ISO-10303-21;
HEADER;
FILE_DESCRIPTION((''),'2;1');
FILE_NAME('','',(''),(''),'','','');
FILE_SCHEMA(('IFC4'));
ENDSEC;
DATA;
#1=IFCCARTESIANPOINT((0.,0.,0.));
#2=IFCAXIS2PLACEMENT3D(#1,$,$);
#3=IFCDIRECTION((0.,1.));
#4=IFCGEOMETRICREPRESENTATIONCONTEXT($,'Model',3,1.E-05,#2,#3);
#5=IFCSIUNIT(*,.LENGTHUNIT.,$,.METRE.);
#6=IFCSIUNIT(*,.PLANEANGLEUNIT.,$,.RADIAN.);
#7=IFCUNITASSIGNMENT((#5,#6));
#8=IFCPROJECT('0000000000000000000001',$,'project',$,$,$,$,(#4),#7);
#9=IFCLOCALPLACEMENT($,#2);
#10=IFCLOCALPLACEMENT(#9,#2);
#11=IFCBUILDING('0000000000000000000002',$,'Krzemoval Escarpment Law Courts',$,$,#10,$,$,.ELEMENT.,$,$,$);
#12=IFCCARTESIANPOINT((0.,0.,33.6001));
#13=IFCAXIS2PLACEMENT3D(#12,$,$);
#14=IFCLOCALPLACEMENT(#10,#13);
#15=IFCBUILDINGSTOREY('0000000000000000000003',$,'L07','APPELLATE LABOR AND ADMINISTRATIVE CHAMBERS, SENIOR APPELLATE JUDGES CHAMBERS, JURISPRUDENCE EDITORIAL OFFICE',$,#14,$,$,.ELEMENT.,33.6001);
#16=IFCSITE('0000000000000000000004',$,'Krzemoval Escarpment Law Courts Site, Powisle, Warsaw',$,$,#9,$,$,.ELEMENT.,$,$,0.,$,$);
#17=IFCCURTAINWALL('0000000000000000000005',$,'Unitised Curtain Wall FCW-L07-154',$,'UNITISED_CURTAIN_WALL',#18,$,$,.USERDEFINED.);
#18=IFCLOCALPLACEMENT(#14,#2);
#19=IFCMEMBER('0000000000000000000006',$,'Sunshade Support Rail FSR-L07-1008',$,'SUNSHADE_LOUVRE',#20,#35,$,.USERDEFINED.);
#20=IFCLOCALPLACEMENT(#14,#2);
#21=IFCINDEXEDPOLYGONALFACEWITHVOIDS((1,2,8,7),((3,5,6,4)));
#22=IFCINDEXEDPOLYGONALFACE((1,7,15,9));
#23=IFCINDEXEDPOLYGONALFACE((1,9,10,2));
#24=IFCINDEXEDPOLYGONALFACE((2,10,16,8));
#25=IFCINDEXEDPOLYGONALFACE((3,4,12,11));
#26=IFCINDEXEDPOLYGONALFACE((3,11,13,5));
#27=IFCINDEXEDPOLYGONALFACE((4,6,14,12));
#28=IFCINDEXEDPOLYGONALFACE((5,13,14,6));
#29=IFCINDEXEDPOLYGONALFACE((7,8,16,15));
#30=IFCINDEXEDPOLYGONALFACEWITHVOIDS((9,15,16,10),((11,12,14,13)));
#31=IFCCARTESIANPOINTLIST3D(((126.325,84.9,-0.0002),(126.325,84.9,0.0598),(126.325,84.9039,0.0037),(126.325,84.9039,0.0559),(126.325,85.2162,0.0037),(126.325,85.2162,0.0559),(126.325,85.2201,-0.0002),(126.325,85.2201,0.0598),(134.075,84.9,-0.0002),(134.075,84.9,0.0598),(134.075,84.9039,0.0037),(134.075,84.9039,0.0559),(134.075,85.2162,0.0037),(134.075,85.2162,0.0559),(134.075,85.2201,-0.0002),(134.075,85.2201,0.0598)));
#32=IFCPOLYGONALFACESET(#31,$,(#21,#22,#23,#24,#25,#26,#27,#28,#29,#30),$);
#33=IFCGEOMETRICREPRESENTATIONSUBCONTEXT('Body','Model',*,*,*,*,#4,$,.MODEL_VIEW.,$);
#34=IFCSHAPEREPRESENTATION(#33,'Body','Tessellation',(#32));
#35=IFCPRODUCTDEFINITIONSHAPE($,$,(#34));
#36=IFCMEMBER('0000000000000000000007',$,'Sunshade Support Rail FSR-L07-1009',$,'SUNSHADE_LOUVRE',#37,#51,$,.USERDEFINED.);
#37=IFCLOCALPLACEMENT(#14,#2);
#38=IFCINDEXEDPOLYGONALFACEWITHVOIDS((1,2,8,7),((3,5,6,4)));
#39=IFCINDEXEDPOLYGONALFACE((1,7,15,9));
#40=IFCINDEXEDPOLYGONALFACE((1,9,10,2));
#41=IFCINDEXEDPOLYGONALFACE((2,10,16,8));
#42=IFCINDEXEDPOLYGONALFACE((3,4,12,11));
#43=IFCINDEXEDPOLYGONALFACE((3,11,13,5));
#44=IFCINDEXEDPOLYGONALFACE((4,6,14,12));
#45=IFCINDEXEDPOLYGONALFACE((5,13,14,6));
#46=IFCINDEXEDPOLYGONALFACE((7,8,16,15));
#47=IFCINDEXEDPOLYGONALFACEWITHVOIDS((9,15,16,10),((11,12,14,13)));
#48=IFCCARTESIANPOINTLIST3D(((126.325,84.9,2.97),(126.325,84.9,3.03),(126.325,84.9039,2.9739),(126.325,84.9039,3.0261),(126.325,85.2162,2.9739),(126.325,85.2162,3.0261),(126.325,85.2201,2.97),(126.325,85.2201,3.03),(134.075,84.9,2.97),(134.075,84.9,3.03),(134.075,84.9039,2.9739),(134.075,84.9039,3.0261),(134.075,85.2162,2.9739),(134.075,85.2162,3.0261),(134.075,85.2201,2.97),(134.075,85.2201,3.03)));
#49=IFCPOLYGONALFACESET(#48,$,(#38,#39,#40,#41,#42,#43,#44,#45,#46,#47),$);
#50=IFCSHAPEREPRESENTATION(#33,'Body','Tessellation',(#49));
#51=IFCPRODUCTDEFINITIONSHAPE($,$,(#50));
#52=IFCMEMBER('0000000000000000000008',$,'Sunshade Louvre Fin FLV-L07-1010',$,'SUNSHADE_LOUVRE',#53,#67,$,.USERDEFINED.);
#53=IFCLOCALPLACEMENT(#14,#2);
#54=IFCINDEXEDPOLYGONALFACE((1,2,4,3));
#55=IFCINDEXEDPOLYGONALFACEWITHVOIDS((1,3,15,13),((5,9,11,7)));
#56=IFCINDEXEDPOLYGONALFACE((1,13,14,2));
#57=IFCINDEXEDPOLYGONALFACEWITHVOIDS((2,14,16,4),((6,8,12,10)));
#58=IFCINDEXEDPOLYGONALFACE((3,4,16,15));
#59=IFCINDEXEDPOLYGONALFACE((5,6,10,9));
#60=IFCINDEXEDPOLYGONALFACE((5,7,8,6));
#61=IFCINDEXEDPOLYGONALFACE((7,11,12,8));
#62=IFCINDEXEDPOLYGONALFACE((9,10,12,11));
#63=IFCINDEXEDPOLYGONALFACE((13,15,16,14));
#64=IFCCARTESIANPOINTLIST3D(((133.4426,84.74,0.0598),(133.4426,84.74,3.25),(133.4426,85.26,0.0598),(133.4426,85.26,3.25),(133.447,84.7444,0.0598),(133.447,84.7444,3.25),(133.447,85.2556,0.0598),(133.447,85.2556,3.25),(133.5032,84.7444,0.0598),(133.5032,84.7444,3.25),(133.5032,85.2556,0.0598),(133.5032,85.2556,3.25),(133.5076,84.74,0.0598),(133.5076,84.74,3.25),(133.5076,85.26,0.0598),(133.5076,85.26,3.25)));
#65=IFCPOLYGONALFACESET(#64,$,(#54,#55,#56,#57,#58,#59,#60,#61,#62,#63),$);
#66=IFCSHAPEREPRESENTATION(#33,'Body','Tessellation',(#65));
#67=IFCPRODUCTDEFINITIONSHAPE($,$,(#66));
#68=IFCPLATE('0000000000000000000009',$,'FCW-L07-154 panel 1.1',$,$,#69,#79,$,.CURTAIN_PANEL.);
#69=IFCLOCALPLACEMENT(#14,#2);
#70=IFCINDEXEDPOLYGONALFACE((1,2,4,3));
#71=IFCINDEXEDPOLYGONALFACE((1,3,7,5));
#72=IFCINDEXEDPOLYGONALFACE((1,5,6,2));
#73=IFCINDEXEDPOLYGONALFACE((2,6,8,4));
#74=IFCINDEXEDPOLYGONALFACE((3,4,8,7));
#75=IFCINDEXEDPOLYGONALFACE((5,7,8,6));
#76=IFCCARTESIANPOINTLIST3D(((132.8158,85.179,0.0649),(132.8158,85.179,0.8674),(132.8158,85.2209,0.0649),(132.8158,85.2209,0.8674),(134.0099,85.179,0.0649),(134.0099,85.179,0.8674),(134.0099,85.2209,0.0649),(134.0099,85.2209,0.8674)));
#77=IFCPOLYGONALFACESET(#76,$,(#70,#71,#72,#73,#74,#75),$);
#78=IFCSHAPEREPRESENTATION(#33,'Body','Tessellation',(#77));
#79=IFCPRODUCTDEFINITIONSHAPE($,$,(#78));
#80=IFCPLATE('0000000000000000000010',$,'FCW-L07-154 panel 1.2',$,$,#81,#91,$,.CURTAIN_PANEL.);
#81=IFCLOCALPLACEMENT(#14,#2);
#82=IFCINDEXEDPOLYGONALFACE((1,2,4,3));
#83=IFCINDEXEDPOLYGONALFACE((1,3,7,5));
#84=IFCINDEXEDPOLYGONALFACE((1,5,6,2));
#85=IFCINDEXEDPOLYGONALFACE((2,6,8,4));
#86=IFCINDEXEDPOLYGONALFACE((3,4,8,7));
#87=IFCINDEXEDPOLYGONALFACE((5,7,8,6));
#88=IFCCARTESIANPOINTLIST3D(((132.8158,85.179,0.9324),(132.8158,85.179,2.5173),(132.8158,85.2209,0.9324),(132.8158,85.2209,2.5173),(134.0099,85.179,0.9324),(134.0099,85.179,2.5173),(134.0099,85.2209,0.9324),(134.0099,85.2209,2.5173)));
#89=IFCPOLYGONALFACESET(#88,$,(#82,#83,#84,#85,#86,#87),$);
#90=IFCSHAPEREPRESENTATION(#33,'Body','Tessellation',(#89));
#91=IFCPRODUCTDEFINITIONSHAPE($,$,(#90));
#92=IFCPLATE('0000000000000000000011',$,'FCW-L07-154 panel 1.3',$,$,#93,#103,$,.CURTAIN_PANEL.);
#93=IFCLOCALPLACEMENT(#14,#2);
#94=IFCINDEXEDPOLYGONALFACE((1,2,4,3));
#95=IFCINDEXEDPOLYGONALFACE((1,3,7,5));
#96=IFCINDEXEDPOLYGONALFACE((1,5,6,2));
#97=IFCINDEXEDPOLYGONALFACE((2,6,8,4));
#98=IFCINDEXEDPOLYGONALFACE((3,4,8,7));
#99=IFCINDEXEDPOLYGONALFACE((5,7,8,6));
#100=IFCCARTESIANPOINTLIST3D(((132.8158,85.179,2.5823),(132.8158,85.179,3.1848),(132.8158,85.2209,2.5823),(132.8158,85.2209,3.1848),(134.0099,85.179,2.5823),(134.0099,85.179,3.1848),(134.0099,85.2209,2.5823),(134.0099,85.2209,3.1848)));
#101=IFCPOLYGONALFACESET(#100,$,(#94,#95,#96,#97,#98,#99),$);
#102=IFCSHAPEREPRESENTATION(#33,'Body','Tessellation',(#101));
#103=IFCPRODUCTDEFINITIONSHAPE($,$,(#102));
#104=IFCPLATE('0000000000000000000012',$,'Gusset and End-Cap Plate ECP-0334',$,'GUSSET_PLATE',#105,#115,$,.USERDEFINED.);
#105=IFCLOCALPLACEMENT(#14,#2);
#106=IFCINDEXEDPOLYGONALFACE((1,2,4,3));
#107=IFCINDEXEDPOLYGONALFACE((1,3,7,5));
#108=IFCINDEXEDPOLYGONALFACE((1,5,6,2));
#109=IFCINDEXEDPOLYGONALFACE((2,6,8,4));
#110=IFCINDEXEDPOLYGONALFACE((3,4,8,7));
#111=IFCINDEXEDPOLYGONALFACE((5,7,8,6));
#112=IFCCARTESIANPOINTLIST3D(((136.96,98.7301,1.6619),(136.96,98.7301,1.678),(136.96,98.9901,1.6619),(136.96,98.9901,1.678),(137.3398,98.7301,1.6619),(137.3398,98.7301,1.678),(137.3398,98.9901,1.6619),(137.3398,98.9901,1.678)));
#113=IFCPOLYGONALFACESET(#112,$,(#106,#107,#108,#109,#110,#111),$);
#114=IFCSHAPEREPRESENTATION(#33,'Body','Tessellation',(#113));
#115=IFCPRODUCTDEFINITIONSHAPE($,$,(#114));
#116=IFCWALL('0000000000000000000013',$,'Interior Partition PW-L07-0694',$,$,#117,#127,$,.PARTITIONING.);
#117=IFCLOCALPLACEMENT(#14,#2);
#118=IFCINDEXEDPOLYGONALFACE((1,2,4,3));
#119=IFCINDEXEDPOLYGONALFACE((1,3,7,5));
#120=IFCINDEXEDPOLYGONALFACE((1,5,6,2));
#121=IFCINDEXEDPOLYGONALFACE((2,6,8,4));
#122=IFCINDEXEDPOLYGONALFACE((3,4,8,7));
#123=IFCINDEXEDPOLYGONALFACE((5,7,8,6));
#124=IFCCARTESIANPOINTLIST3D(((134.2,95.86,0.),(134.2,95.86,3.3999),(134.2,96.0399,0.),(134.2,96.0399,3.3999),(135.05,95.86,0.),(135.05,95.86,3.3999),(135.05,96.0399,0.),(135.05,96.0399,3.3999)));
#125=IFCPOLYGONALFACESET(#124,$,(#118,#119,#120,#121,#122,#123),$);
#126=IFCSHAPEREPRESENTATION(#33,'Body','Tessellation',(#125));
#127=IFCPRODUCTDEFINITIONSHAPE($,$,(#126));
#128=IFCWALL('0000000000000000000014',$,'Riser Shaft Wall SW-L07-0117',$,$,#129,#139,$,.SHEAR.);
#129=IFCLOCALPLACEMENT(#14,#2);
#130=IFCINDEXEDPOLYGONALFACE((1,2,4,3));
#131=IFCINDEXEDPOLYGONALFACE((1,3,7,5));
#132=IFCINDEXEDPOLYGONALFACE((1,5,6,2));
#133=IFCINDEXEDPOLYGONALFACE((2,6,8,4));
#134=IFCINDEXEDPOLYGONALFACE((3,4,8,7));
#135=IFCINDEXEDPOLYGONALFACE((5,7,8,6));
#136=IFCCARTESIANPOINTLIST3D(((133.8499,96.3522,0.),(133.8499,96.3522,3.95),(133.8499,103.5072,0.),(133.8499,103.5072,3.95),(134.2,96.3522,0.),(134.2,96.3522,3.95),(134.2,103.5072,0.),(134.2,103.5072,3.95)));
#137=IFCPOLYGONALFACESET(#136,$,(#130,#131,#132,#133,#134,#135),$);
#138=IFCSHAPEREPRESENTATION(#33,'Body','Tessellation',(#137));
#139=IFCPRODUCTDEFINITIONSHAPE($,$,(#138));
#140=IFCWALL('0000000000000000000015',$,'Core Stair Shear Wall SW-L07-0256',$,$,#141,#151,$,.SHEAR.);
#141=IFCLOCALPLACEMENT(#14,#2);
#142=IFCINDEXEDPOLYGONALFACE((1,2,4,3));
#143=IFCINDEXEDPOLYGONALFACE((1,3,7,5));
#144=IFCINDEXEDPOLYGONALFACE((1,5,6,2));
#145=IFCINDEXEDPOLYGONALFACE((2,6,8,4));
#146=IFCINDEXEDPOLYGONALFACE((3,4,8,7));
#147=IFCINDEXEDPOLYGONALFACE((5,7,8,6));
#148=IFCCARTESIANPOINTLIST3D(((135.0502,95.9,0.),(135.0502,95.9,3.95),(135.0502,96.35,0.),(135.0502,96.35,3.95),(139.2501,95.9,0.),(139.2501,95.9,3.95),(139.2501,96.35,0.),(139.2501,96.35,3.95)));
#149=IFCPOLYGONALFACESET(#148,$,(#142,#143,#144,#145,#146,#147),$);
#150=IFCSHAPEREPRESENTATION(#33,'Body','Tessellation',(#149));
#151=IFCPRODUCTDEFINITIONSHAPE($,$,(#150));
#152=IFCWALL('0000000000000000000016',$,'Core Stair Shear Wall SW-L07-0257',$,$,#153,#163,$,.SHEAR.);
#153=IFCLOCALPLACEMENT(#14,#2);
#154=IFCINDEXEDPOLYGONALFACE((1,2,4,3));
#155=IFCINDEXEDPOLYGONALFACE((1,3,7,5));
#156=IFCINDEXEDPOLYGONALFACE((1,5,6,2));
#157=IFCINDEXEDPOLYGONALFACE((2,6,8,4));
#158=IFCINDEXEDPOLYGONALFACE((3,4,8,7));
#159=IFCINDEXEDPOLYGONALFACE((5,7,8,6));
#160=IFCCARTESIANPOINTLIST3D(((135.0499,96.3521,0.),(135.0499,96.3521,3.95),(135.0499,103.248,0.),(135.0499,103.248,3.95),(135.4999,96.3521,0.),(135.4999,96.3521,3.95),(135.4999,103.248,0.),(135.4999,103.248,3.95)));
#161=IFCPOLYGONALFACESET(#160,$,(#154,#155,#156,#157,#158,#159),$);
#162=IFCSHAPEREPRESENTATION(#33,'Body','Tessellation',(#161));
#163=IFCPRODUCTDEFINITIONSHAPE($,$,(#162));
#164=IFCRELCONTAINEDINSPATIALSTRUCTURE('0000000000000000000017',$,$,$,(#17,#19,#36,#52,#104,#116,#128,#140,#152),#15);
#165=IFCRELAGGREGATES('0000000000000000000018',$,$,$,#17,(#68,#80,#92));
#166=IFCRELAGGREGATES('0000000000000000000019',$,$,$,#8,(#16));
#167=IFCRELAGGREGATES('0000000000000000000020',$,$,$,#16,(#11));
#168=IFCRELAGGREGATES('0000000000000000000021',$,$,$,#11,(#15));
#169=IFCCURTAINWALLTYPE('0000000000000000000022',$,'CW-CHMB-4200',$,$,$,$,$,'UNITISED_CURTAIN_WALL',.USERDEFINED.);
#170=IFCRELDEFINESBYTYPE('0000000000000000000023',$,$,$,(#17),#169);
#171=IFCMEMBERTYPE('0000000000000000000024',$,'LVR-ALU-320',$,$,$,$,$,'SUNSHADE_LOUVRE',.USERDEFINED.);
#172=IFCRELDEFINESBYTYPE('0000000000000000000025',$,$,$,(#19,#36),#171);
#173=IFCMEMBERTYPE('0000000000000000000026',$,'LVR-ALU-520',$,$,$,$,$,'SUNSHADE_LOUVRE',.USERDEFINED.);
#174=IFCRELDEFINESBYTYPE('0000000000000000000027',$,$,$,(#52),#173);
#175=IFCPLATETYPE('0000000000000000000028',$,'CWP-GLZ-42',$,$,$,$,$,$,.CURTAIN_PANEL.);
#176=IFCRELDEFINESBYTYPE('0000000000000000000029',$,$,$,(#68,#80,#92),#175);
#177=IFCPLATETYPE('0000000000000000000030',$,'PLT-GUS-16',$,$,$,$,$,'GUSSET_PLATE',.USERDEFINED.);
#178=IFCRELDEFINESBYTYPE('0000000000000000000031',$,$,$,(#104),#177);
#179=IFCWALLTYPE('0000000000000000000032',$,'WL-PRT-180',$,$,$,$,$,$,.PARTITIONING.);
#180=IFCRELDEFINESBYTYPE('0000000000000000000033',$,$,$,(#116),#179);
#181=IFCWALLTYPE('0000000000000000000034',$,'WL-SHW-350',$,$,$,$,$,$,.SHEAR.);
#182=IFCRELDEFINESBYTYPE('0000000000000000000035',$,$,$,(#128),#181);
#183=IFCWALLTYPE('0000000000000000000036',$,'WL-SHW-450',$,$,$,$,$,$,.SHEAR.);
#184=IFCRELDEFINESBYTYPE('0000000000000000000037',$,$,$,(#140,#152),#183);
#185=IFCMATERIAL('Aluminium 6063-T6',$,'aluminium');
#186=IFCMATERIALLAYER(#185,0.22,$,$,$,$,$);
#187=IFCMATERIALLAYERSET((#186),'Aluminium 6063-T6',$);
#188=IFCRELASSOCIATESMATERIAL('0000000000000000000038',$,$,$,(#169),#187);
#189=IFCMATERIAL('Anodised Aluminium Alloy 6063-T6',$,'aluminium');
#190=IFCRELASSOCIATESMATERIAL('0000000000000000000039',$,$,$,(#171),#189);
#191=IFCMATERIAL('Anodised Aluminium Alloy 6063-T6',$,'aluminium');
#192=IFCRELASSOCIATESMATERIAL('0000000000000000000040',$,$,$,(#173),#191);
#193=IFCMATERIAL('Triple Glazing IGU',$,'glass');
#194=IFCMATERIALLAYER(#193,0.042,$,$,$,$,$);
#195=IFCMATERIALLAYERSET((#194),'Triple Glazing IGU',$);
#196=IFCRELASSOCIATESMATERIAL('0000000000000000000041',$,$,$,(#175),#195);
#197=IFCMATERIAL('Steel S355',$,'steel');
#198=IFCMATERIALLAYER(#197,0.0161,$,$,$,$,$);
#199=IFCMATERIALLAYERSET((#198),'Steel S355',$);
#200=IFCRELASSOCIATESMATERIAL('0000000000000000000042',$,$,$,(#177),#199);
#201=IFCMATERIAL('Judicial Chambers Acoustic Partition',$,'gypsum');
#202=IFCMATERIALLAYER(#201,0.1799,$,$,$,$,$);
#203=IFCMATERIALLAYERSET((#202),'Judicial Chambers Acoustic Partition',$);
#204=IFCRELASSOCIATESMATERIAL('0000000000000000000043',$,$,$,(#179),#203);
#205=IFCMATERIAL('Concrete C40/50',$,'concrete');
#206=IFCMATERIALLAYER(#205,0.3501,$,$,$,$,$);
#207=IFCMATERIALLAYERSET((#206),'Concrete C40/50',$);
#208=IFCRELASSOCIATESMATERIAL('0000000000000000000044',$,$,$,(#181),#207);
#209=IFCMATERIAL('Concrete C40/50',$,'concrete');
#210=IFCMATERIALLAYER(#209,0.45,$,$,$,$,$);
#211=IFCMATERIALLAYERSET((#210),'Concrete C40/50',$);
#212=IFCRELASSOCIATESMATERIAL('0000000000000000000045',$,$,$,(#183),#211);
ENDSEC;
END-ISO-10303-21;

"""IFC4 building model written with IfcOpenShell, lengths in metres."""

from ifc_helpers import new_model, si_unit, direction, frame, frame_2d, origin, origin_2d, place, context, subcontext, project, spatial, rectangle, hollow_rectangle, extrude, material, layer, layer_set, material_profile, profile_set, type_object, element, aggregate, save


model = new_model("IFC4")

# Units and contexts
model_context = context("Model", 3, precision=1e-05, world=origin(), true_north=direction((0.0, 1.0)))
body_context = subcontext(model_context, "Body", "Model", "MODEL_VIEW")
ifc_project = project(units=[si_unit("LENGTHUNIT", "METRE"), si_unit("PLANEANGLEUNIT", "RADIAN")], contexts=[model_context])

# Site, building, storey
site_placement = place(None, origin())
site = spatial("IfcSite", under=ifc_project, at=site_placement, Name="Krzemoval Escarpment Law Courts Site, Powisle, Warsaw", CompositionType="ELEMENT", RefElevation=0.0)
building_placement = place(site_placement, origin())
building = spatial("IfcBuilding", under=site, at=building_placement, Name="Krzemoval Escarpment Law Courts", CompositionType="ELEMENT")
storey_placement = place(building_placement, frame((0.0, 0.0, 33.6001)))
storey = spatial("IfcBuildingStorey", under=building, at=storey_placement, Name="L07", Description="APPELLATE LABOR AND ADMINISTRATIVE CHAMBERS, SENIOR APPELLATE JUDGES CHAMBERS, JURISPRUDENCE EDITORIAL OFFICE", CompositionType="ELEMENT", Elevation=33.6001)

# Curtain wall
ifc_material_1 = material(Name="Aluminium 6063-T6", Category="aluminium")
ifc_layer_1 = layer(ifc_material_1, 0.22)
ifc_layer_set_1 = layer_set([ifc_layer_1], Name="Aluminium 6063-T6")
curtain_wall_type = type_object("IfcCurtainWallType", Name="CW-CHMB-4200", ElementType="UNITISED_CURTAIN_WALL", PredefinedType="USERDEFINED", material=ifc_layer_set_1)
curtain_wall_placement = place(storey_placement, origin())
curtain_wall = element("IfcCurtainWall", 1, at=curtain_wall_placement, inside=storey, type_object=curtain_wall_type, Name="Unitised Curtain Wall FCW-L07-154", ObjectType="UNITISED_CURTAIN_WALL", PredefinedType="USERDEFINED")

# Members
ifc_material_2 = material(Name="Anodised Aluminium Alloy 6063-T6", Category="aluminium")
ifc_material_profile_1 = material_profile(ifc_material_2, hollow_rectangle(XDim=0.0601, YDim=0.3201, WallThickness=0.0039, at=origin_2d()), Name="ALU LVR 60x320")
ifc_profile_set_1 = profile_set([ifc_material_profile_1], Name="Anodised Aluminium Alloy 6063-T6")
member_type_1 = type_object("IfcMemberType", Name="LVR-ALU-320", ElementType="SUNSHADE_LOUVRE", PredefinedType="USERDEFINED", material=ifc_profile_set_1)
for number, where, z_axis, x_axis, name in (
    (2, (134.075, 85.0601, 0.0298), (-1.0, 0.0, 0.0), (0.0, 0.0, 1.0), "Sunshade Support Rail FSR-L07-1008"),
    (3, (134.075, 85.0601, 3.0), (-1.0, 0.0, 0.0), (0.0, 0.0, 1.0), "Sunshade Support Rail FSR-L07-1009"),
):
    element("IfcMember", number, at=place(storey_placement, frame(where, z_axis=z_axis, x_axis=x_axis)), inside=storey, type_object=member_type_1, Name=name, ObjectType="SUNSHADE_LOUVRE", PredefinedType="USERDEFINED", context=body_context, shape_type="SweptSolid", body=[
        extrude(hollow_rectangle(XDim=0.0601, YDim=0.3201, WallThickness=0.0039, at=origin_2d()), origin(), (0.0, 0.0, 1.0), 7.75),
    ])
ifc_material_3 = material(Name="Anodised Aluminium Alloy 6063-T6", Category="aluminium")
ifc_material_profile_2 = material_profile(ifc_material_3, hollow_rectangle(XDim=0.0649, YDim=0.52, WallThickness=0.0044, at=origin_2d()), Name="ALU LVR 65x520")
ifc_profile_set_2 = profile_set([ifc_material_profile_2], Name="Anodised Aluminium Alloy 6063-T6")
member_type_2 = type_object("IfcMemberType", Name="LVR-ALU-520", ElementType="SUNSHADE_LOUVRE", PredefinedType="USERDEFINED", material=ifc_profile_set_2)
member_1_placement = place(storey_placement, frame((133.4751, 85.0, 0.0598), z_axis=(0.0, 0.0, 1.0), x_axis=(1.0, 0.0, 0.0)))
element("IfcMember", 4, at=member_1_placement, inside=storey, type_object=member_type_2, Name="Sunshade Louvre Fin FLV-L07-1010", ObjectType="SUNSHADE_LOUVRE", PredefinedType="USERDEFINED", context=body_context, shape_type="SweptSolid", body=[
    extrude(hollow_rectangle(XDim=0.0649, YDim=0.52, WallThickness=0.0044, at=origin_2d()), origin(), (0.0, 0.0, 1.0), 3.1902),
])

# Plates
ifc_material_4 = material(Name="Triple Glazing IGU", Category="glass")
ifc_layer_2 = layer(ifc_material_4, 0.042)
ifc_layer_set_2 = layer_set([ifc_layer_2], Name="Triple Glazing IGU")
plate_type_1 = type_object("IfcPlateType", Name="CWP-GLZ-42", PredefinedType="CURTAIN_PANEL", material=ifc_layer_set_2)
plate_1_placement = place(storey_placement, frame((133.4128, 85.2, 0.0649), z_axis=(0.0, 0.0, 1.0), x_axis=(-1.0, 0.0, 0.0)))
plate_1 = element("IfcPlate", 5, at=plate_1_placement, type_object=plate_type_1, Name="FCW-L07-154 panel 1.1", PredefinedType="CURTAIN_PANEL", context=body_context, shape_type="SweptSolid", body=[
    extrude(rectangle(XDim=1.1941, YDim=0.042, at=origin_2d()), origin(), (0.0, 0.0, 1.0), 0.8025),
])
plate_2_placement = place(storey_placement, frame((133.4128, 85.2, 0.9324), z_axis=(0.0, 0.0, 1.0), x_axis=(-1.0, 0.0, 0.0)))
plate_2 = element("IfcPlate", 6, at=plate_2_placement, type_object=plate_type_1, Name="FCW-L07-154 panel 1.2", PredefinedType="CURTAIN_PANEL", context=body_context, shape_type="SweptSolid", body=[
    extrude(rectangle(XDim=1.1941, YDim=0.042, at=origin_2d()), origin(), (0.0, 0.0, 1.0), 1.585),
])
plate_3_placement = place(storey_placement, frame((133.4128, 85.2, 2.5823), z_axis=(0.0, 0.0, 1.0), x_axis=(-1.0, 0.0, 0.0)))
plate_3 = element("IfcPlate", 7, at=plate_3_placement, type_object=plate_type_1, Name="FCW-L07-154 panel 1.3", PredefinedType="CURTAIN_PANEL", context=body_context, shape_type="SweptSolid", body=[
    extrude(rectangle(XDim=1.1941, YDim=0.042, at=origin_2d()), origin(), (0.0, 0.0, 1.0), 0.6025),
])
aggregate(curtain_wall, [plate_1, plate_2, plate_3])
ifc_material_5 = material(Name="Steel S355", Category="steel")
ifc_layer_3 = layer(ifc_material_5, 0.0161)
ifc_layer_set_3 = layer_set([ifc_layer_3], Name="Steel S355")
plate_type_2 = type_object("IfcPlateType", Name="PLT-GUS-16", ElementType="GUSSET_PLATE", PredefinedType="USERDEFINED", material=ifc_layer_set_3)
plate_4_placement = place(storey_placement, frame((137.1499, 98.8601, 1.6619), z_axis=(0.0, 0.0, 1.0), x_axis=(1.0, 0.0, 0.0)))
element("IfcPlate", 8, at=plate_4_placement, inside=storey, type_object=plate_type_2, Name="Gusset and End-Cap Plate ECP-0334", ObjectType="GUSSET_PLATE", PredefinedType="USERDEFINED", context=body_context, shape_type="SweptSolid", body=[
    extrude(rectangle(XDim=0.3799, YDim=0.26, at=origin_2d()), origin(), (0.0, 0.0, 1.0), 0.0161),
])

# Walls
ifc_material_6 = material(Name="Judicial Chambers Acoustic Partition", Category="gypsum")
ifc_layer_4 = layer(ifc_material_6, 0.1799)
ifc_layer_set_4 = layer_set([ifc_layer_4], Name="Judicial Chambers Acoustic Partition")
wall_type_1 = type_object("IfcWallType", Name="WL-PRT-180", PredefinedType="PARTITIONING", material=ifc_layer_set_4)
wall_1_placement = place(storey_placement, frame((134.2, 95.95, 0.0), z_axis=(0.0, 0.0, 1.0), x_axis=(1.0, 0.0, 0.0)))
element("IfcWall", 9, at=wall_1_placement, inside=storey, type_object=wall_type_1, Name="Interior Partition PW-L07-0694", PredefinedType="PARTITIONING", context=body_context, shape_type="SweptSolid", body=[
    extrude(rectangle(XDim=0.8501, YDim=0.1799, at=frame_2d((0.425, 0.0))), origin(), (0.0, 0.0, 1.0), 3.3999),
])
ifc_material_7 = material(Name="Concrete C40/50", Category="concrete")
ifc_layer_5 = layer(ifc_material_7, 0.3501)
ifc_layer_set_5 = layer_set([ifc_layer_5], Name="Concrete C40/50")
wall_type_2 = type_object("IfcWallType", Name="WL-SHW-350", PredefinedType="SHEAR", material=ifc_layer_set_5)
wall_2_placement = place(storey_placement, frame((134.0249, 96.3521, 0.0), z_axis=(0.0, 0.0, 1.0), x_axis=(0.0, 1.0, 0.0)))
element("IfcWall", 10, at=wall_2_placement, inside=storey, type_object=wall_type_2, Name="Riser Shaft Wall SW-L07-0117", PredefinedType="SHEAR", context=body_context, shape_type="SweptSolid", body=[
    extrude(rectangle(XDim=7.155, YDim=0.3501, at=frame_2d((3.5776, 0.0))), origin(), (0.0, 0.0, 1.0), 3.95),
])
ifc_material_8 = material(Name="Concrete C40/50", Category="concrete")
ifc_layer_6 = layer(ifc_material_8, 0.45)
ifc_layer_set_6 = layer_set([ifc_layer_6], Name="Concrete C40/50")
wall_type_3 = type_object("IfcWallType", Name="WL-SHW-450", PredefinedType="SHEAR", material=ifc_layer_set_6)
wall_3_placement = place(storey_placement, frame((135.05, 96.125, 0.0), z_axis=(0.0, 0.0, 1.0), x_axis=(1.0, 0.0, 0.0)))
element("IfcWall", 11, at=wall_3_placement, inside=storey, type_object=wall_type_3, Name="Core Stair Shear Wall SW-L07-0256", PredefinedType="SHEAR", context=body_context, shape_type="SweptSolid", body=[
    extrude(rectangle(XDim=4.2, YDim=0.45, at=frame_2d((2.1001, 0.0))), origin(), (0.0, 0.0, 1.0), 3.95),
])
wall_4_placement = place(storey_placement, frame((135.2749, 96.3521, 0.0), z_axis=(0.0, 0.0, 1.0), x_axis=(0.0, 1.0, 0.0)))
element("IfcWall", 12, at=wall_4_placement, inside=storey, type_object=wall_type_3, Name="Core Stair Shear Wall SW-L07-0257", PredefinedType="SHEAR", context=body_context, shape_type="SweptSolid", body=[
    extrude(rectangle(XDim=6.896, YDim=0.45, at=frame_2d((3.448, 0.0))), origin(), (0.0, 0.0, 1.0), 3.95),
])

save(model, "model.ifc")
